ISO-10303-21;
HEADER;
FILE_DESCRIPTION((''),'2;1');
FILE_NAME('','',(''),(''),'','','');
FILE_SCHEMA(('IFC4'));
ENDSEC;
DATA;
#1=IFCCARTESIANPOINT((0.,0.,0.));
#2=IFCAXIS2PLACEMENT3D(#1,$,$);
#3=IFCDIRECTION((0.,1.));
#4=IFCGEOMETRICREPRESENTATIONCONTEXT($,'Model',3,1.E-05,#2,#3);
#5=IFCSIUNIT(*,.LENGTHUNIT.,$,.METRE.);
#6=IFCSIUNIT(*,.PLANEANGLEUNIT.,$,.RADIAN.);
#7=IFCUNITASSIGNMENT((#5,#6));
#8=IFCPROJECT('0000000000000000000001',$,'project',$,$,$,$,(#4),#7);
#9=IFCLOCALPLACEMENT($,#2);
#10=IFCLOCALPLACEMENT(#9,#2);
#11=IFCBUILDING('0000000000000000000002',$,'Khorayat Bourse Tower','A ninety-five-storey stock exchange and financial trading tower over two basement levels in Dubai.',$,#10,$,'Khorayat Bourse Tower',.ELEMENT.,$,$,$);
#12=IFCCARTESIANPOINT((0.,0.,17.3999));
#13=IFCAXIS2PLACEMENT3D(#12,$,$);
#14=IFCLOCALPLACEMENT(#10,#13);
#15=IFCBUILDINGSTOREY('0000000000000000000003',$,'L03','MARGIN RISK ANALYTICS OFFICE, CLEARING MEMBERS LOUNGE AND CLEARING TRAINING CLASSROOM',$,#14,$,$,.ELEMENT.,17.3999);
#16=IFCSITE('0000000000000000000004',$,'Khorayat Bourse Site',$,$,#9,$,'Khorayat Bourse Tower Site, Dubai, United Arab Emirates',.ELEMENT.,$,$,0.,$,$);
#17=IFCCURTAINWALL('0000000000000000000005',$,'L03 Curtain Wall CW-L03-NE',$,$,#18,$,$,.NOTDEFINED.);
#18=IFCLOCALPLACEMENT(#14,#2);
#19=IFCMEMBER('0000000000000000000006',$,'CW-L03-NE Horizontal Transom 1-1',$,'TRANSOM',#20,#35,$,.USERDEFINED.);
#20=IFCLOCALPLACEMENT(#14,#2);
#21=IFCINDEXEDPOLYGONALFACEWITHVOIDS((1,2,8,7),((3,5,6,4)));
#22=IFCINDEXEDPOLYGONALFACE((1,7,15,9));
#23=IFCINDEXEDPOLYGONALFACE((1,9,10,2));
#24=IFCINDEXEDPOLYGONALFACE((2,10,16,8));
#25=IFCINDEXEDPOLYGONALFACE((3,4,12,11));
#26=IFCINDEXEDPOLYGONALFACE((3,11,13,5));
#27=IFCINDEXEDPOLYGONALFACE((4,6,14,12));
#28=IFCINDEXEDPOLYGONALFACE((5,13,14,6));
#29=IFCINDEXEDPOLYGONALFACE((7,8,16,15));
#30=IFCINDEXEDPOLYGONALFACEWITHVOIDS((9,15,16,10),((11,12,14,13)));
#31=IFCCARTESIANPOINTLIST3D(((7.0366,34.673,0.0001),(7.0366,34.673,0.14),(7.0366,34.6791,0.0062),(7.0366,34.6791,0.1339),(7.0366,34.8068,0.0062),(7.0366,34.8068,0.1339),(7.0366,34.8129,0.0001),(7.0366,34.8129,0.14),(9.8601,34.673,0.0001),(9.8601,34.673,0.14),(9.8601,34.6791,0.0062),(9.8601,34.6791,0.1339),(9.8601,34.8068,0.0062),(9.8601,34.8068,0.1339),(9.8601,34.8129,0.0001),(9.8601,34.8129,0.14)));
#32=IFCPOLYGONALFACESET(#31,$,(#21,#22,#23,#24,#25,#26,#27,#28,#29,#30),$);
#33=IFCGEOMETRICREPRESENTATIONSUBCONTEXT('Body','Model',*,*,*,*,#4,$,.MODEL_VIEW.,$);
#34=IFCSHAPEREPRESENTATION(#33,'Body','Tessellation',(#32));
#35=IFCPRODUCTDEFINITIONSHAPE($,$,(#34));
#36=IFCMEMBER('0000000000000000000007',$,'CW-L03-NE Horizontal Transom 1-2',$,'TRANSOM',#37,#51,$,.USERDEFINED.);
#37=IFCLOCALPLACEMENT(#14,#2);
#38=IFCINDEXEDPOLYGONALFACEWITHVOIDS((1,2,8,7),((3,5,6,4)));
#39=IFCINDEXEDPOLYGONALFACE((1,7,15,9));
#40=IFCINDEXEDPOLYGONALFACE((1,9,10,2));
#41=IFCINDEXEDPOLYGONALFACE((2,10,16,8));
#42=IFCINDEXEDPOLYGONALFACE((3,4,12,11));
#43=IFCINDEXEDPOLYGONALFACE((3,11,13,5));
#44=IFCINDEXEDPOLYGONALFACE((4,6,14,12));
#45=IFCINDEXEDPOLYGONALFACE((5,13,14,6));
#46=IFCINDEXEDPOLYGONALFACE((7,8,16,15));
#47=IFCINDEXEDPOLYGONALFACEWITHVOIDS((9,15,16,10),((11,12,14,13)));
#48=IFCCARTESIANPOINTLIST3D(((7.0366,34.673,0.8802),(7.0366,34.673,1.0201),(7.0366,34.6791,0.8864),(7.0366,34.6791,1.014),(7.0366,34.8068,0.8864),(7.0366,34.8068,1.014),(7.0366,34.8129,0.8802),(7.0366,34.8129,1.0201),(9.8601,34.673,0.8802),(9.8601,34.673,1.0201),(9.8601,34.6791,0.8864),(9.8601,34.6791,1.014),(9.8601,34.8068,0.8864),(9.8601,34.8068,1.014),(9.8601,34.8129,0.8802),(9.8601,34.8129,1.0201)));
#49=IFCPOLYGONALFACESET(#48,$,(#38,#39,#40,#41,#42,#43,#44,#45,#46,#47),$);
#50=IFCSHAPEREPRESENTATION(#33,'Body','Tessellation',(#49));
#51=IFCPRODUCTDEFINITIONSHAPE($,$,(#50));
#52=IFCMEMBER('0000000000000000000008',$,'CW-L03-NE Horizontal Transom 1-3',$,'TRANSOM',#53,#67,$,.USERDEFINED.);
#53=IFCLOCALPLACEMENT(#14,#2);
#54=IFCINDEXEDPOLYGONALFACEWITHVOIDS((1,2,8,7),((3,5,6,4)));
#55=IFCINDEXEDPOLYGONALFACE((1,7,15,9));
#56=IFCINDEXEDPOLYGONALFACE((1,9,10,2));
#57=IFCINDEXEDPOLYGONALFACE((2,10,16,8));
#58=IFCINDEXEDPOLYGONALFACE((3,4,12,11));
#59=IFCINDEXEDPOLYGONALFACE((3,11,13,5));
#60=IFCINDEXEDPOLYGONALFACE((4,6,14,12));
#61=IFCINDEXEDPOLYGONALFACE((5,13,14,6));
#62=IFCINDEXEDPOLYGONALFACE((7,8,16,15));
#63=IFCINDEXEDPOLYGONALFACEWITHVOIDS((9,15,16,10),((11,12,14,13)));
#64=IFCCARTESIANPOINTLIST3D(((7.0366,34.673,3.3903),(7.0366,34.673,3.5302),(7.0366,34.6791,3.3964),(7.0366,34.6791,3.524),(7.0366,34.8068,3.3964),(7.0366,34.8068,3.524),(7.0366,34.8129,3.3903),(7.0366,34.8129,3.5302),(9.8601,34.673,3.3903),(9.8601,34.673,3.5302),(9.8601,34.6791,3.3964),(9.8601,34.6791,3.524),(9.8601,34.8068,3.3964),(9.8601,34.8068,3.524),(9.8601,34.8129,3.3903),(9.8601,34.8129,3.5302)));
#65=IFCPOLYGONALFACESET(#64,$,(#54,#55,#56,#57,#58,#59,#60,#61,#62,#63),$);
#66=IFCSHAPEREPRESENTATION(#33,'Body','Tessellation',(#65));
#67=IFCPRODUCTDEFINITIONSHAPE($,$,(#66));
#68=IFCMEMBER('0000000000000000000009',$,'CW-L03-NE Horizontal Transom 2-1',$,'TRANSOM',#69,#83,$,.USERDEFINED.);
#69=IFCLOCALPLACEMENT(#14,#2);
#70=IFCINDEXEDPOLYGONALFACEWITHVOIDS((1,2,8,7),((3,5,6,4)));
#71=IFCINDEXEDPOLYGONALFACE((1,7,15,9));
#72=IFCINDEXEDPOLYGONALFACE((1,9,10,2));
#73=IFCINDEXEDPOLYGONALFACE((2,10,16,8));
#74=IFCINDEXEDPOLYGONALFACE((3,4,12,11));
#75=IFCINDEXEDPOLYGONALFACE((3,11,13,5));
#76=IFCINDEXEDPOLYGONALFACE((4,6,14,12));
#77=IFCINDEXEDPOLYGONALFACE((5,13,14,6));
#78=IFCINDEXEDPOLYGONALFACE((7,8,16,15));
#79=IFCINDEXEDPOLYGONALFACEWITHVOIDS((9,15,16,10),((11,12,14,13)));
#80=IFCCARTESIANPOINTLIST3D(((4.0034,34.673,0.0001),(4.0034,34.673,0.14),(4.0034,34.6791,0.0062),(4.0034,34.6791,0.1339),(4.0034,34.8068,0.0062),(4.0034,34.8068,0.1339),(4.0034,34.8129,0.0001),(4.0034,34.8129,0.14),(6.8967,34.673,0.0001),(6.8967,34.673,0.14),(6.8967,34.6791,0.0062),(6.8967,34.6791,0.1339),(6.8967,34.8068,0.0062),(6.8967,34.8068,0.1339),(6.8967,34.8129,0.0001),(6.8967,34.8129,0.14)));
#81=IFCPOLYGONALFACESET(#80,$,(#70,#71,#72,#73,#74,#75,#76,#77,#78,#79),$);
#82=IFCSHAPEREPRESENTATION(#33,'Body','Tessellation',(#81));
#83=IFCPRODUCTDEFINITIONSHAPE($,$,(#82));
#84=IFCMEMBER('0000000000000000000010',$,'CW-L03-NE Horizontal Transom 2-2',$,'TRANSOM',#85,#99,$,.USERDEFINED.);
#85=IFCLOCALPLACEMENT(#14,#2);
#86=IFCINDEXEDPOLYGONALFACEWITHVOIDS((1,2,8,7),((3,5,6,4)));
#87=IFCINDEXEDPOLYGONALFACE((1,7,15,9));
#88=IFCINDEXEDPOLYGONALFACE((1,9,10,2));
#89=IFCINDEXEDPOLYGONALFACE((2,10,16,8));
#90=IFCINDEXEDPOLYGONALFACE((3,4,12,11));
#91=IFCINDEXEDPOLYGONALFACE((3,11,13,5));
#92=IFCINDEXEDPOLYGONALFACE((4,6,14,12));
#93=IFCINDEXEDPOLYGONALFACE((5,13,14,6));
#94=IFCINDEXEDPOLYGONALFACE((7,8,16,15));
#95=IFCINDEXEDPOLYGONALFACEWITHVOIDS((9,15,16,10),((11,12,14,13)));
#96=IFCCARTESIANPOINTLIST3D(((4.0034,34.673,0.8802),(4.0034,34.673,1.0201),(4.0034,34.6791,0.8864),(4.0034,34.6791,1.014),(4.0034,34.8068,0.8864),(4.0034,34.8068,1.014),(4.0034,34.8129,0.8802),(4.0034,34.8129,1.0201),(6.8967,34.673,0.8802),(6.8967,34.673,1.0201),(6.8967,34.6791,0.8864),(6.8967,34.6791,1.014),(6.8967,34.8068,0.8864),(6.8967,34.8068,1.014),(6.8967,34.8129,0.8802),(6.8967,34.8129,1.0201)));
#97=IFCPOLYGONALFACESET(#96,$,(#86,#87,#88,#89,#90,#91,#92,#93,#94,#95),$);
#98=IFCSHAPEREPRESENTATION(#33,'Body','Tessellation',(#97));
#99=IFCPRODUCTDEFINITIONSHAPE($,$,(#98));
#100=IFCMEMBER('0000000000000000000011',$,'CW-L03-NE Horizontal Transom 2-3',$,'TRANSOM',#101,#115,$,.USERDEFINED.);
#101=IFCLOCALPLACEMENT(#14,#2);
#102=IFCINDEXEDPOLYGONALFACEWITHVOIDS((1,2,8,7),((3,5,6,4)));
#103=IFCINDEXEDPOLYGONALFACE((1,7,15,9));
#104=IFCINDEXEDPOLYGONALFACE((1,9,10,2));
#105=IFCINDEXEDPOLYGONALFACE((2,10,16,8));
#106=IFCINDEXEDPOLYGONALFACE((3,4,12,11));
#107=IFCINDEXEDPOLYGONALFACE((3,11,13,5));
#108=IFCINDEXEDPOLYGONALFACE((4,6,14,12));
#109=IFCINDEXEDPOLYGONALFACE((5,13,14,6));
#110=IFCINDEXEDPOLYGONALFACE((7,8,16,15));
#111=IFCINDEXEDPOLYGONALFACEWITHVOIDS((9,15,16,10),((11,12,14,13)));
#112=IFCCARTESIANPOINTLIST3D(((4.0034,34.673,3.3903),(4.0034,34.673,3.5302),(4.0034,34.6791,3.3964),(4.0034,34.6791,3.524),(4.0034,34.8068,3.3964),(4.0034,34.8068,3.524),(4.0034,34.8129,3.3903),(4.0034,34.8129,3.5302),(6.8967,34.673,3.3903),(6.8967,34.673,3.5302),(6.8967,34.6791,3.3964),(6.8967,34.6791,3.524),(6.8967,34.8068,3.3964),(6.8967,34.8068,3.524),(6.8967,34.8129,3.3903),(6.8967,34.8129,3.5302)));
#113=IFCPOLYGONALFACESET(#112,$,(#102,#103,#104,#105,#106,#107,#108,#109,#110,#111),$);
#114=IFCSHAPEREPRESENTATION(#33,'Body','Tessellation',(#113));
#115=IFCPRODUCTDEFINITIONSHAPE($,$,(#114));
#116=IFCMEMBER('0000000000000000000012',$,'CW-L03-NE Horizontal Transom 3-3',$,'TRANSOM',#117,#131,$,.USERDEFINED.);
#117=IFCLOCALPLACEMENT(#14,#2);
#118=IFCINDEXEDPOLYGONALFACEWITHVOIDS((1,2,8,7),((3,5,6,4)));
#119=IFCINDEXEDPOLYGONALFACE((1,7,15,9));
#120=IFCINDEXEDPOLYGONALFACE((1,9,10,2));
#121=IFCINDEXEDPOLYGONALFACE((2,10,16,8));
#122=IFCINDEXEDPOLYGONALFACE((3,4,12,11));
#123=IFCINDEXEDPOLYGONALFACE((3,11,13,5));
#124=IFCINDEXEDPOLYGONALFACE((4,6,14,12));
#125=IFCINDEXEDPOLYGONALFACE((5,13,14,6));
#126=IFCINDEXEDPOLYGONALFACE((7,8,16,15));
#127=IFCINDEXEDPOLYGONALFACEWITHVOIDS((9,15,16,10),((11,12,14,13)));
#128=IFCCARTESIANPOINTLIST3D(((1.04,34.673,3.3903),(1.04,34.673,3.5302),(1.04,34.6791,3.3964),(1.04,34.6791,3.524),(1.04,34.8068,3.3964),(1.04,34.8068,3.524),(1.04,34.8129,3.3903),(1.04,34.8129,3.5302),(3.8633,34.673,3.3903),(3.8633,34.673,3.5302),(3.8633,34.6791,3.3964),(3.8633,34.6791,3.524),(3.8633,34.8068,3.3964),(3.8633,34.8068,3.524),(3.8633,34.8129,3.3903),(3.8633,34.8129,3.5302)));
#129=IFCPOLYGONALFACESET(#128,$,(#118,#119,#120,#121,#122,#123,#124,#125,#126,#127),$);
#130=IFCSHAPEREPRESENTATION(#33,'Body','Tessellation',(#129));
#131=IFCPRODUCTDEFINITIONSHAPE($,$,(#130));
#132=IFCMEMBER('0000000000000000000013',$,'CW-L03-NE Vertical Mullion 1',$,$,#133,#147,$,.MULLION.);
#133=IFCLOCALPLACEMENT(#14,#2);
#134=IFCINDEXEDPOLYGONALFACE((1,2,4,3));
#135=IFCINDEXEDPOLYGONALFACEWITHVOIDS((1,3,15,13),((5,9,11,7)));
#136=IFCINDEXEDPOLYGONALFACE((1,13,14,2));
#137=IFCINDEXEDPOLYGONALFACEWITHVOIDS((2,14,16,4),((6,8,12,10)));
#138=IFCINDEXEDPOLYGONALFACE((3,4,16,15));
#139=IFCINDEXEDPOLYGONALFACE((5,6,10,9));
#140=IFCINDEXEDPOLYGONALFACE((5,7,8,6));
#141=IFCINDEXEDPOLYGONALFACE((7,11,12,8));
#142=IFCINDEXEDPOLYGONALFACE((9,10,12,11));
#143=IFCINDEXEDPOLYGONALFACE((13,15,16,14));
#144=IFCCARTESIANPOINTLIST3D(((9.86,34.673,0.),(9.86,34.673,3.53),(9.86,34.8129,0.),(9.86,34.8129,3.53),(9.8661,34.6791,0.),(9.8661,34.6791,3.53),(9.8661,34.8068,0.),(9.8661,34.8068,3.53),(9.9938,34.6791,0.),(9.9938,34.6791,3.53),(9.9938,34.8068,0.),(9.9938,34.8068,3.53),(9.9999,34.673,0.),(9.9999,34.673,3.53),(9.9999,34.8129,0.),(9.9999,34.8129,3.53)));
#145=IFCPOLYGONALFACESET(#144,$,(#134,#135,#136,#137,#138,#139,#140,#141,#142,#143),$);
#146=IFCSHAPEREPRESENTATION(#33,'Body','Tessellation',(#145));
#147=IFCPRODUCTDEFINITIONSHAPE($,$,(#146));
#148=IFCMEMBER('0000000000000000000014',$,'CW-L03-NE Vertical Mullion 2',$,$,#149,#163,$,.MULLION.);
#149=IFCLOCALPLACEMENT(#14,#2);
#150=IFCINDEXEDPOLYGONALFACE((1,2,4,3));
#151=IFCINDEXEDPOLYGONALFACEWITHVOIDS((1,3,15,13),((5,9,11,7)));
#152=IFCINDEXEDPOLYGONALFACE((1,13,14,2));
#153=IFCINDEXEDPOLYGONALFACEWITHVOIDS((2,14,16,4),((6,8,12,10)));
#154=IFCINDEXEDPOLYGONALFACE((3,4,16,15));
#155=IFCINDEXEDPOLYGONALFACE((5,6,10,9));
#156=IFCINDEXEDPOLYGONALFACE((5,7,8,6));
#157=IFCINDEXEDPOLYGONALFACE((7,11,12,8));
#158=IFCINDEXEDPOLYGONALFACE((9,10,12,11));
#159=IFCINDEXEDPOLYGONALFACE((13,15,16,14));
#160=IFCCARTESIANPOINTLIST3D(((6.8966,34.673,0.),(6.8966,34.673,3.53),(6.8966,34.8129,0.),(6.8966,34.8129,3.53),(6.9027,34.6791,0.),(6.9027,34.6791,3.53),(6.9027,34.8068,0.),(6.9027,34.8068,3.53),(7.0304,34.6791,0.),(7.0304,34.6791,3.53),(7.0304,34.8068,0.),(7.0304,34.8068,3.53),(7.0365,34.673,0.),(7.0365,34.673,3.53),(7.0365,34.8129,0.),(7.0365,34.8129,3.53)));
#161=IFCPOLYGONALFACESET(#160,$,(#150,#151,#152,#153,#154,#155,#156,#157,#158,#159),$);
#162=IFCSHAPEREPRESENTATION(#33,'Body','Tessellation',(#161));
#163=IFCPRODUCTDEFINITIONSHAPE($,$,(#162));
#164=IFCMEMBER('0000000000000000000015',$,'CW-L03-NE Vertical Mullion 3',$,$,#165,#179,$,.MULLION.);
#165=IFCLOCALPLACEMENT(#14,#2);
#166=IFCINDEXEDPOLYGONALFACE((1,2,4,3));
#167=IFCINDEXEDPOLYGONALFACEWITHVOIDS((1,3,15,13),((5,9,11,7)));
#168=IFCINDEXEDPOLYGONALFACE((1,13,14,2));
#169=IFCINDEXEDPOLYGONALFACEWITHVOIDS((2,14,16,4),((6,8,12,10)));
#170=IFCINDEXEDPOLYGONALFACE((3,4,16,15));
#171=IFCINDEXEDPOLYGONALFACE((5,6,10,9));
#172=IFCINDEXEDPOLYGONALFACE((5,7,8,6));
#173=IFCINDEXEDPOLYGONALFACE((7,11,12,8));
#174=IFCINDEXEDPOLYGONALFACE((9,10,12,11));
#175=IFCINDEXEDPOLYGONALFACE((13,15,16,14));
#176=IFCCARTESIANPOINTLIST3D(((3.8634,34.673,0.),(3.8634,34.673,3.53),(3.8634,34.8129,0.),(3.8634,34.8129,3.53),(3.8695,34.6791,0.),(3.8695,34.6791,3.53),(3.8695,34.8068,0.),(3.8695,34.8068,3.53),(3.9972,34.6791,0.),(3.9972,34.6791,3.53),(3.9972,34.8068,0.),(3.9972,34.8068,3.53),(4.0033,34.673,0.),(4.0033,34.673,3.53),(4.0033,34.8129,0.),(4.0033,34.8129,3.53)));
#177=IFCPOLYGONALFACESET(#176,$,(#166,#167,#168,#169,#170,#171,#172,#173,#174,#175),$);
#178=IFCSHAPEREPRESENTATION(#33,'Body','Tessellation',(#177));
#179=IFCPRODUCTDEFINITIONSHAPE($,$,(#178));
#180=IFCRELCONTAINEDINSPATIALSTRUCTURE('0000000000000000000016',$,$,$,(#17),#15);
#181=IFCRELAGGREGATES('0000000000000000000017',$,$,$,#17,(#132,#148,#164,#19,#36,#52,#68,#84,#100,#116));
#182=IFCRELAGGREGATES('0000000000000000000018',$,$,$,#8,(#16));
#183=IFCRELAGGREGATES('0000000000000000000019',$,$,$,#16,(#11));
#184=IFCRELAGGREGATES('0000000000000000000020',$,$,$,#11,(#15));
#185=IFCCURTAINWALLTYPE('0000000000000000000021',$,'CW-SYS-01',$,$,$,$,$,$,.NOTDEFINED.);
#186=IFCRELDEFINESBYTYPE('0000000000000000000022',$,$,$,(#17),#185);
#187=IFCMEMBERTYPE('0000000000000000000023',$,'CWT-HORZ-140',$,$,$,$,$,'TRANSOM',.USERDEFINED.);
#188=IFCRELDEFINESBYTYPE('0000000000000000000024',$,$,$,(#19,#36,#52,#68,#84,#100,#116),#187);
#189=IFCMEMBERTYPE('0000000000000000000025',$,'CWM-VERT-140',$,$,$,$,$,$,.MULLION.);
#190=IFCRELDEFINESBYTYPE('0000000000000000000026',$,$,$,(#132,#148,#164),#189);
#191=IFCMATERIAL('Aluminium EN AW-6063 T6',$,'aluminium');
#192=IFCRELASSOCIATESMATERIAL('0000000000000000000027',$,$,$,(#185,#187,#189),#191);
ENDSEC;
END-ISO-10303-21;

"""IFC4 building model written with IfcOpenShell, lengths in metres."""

from ifc_helpers import new_model, si_unit, direction, frame, origin, origin_2d, place, context, subcontext, project, spatial, hollow_rectangle, extrude, source, transform, mapped, material, material_profile, profile_set, type_object, element, aggregate, save


model = new_model("IFC4")

# Units and contexts
model_context = context("Model", 3, precision=1e-05, world=origin(), true_north=direction((0.0, 1.0)))
body_context = subcontext(model_context, "Body", "Model", "MODEL_VIEW")
ifc_project = project(units=[si_unit("LENGTHUNIT", "METRE"), si_unit("PLANEANGLEUNIT", "RADIAN")], contexts=[model_context])

# Site, building, storey
site_placement = place(None, origin())
site = spatial("IfcSite", under=ifc_project, at=site_placement, Name="Khorayat Bourse Site", LongName="Khorayat Bourse Tower Site, Dubai, United Arab Emirates", CompositionType="ELEMENT", RefElevation=0.0)
building_placement = place(site_placement, origin())
building = spatial("IfcBuilding", under=site, at=building_placement, Name="Khorayat Bourse Tower", Description="A ninety-five-storey stock exchange and financial trading tower over two basement levels in Dubai.", LongName="Khorayat Bourse Tower", CompositionType="ELEMENT")
storey_placement = place(building_placement, frame((0.0, 0.0, 17.3999)))
storey = spatial("IfcBuildingStorey", under=building, at=storey_placement, Name="L03", Description="MARGIN RISK ANALYTICS OFFICE, CLEARING MEMBERS LOUNGE AND CLEARING TRAINING CLASSROOM", CompositionType="ELEMENT", Elevation=17.3999)

# Curtain wall, members
ifc_material_1 = material(Name="Aluminium EN AW-6063 T6", Category="aluminium")
curtain_wall_type = type_object("IfcCurtainWallType", Name="CW-SYS-01", PredefinedType="NOTDEFINED", material=ifc_material_1)
curtain_wall_placement = place(storey_placement, origin())
curtain_wall = element("IfcCurtainWall", 1, at=curtain_wall_placement, inside=storey, type_object=curtain_wall_type, Name="L03 Curtain Wall CW-L03-NE", PredefinedType="NOTDEFINED")
ifc_material_profile_1 = material_profile(ifc_material_1, hollow_rectangle(XDim=0.1399, YDim=0.1399, WallThickness=0.0061, at=origin_2d()), Name="ALU 140x140x6")
ifc_profile_set_1 = profile_set([ifc_material_profile_1], Name="Aluminium EN AW-6063 T6")
member_type_1 = type_object("IfcMemberType", Name="CWT-HORZ-140", ElementType="TRANSOM", PredefinedType="USERDEFINED", material=ifc_profile_set_1)
shared_shape_1 = source(origin(), body_context, "Body", "SweptSolid", [
    extrude(hollow_rectangle(XDim=0.1399, YDim=0.1399, WallThickness=0.0061, at=origin_2d()), origin(), (0.0, 0.0, 1.0), 2.8235),
])
member_1_placement = place(storey_placement, frame((9.8601, 34.7429, 0.0701), z_axis=(-1.0, 0.0, 0.0), x_axis=(0.0, -1.0, 0.0)))
member_1 = element("IfcMember", 2, at=member_1_placement, type_object=member_type_1, Name="CW-L03-NE Horizontal Transom 1-1", ObjectType="TRANSOM", PredefinedType="USERDEFINED", context=body_context, shape_type="MappedRepresentation", body=[
    mapped(shared_shape_1, transform((0.0, 0.0, 0.0), scale=1.0)),
])
member_2_placement = place(storey_placement, frame((9.8601, 34.7429, 0.9502), z_axis=(-1.0, 0.0, 0.0), x_axis=(0.0, -1.0, 0.0)))
member_2 = element("IfcMember", 3, at=member_2_placement, type_object=member_type_1, Name="CW-L03-NE Horizontal Transom 1-2", ObjectType="TRANSOM", PredefinedType="USERDEFINED", context=body_context, shape_type="MappedRepresentation", body=[
    mapped(shared_shape_1, transform((0.0, 0.0, 0.0), scale=1.0)),
])
member_3_placement = place(storey_placement, frame((9.8601, 34.7429, 3.4602), z_axis=(-1.0, 0.0, 0.0), x_axis=(0.0, -1.0, 0.0)))
member_3 = element("IfcMember", 4, at=member_3_placement, type_object=member_type_1, Name="CW-L03-NE Horizontal Transom 1-3", ObjectType="TRANSOM", PredefinedType="USERDEFINED", context=body_context, shape_type="MappedRepresentation", body=[
    mapped(shared_shape_1, transform((0.0, 0.0, 0.0), scale=1.0)),
])
shared_shape_2 = source(origin(), body_context, "Body", "SweptSolid", [
    extrude(hollow_rectangle(XDim=0.1399, YDim=0.1399, WallThickness=0.0061, at=origin_2d()), origin(), (0.0, 0.0, 1.0), 2.8933),
])
member_4_placement = place(storey_placement, frame((6.8967, 34.7429, 0.0701), z_axis=(-1.0, 0.0, 0.0), x_axis=(0.0, -1.0, 0.0)))
member_4 = element("IfcMember", 5, at=member_4_placement, type_object=member_type_1, Name="CW-L03-NE Horizontal Transom 2-1", ObjectType="TRANSOM", PredefinedType="USERDEFINED", context=body_context, shape_type="MappedRepresentation", body=[
    mapped(shared_shape_2, transform((0.0, 0.0, 0.0), scale=1.0)),
])
member_5_placement = place(storey_placement, frame((6.8967, 34.7429, 0.9502), z_axis=(-1.0, 0.0, 0.0), x_axis=(0.0, -1.0, 0.0)))
member_5 = element("IfcMember", 6, at=member_5_placement, type_object=member_type_1, Name="CW-L03-NE Horizontal Transom 2-2", ObjectType="TRANSOM", PredefinedType="USERDEFINED", context=body_context, shape_type="MappedRepresentation", body=[
    mapped(shared_shape_2, transform((0.0, 0.0, 0.0), scale=1.0)),
])
member_6_placement = place(storey_placement, frame((6.8967, 34.7429, 3.4602), z_axis=(-1.0, 0.0, 0.0), x_axis=(0.0, -1.0, 0.0)))
member_6 = element("IfcMember", 7, at=member_6_placement, type_object=member_type_1, Name="CW-L03-NE Horizontal Transom 2-3", ObjectType="TRANSOM", PredefinedType="USERDEFINED", context=body_context, shape_type="MappedRepresentation", body=[
    mapped(shared_shape_2, transform((0.0, 0.0, 0.0), scale=1.0)),
])
shared_shape_3 = source(origin(), body_context, "Body", "SweptSolid", [
    extrude(hollow_rectangle(XDim=0.1399, YDim=0.1399, WallThickness=0.0061, at=origin_2d()), origin(), (0.0, 0.0, 1.0), 2.8232),
])
member_7_placement = place(storey_placement, frame((3.8633, 34.7429, 3.4602), z_axis=(-1.0, 0.0, 0.0), x_axis=(0.0, -1.0, 0.0)))
member_7 = element("IfcMember", 8, at=member_7_placement, type_object=member_type_1, Name="CW-L03-NE Horizontal Transom 3-3", ObjectType="TRANSOM", PredefinedType="USERDEFINED", context=body_context, shape_type="MappedRepresentation", body=[
    mapped(shared_shape_3, transform((0.0, 0.0, 0.0), scale=1.0)),
])
ifc_material_profile_2 = material_profile(ifc_material_1, hollow_rectangle(XDim=0.1399, YDim=0.1399, WallThickness=0.0061, at=origin_2d()), Name="ALU 140x140x6")
ifc_profile_set_2 = profile_set([ifc_material_profile_2], Name="Aluminium EN AW-6063 T6")
member_type_2 = type_object("IfcMemberType", Name="CWM-VERT-140", PredefinedType="MULLION", material=ifc_profile_set_2)
shared_shape_4 = source(origin(), body_context, "Body", "SweptSolid", [
    extrude(hollow_rectangle(XDim=0.1399, YDim=0.1399, WallThickness=0.0061, at=origin_2d()), origin(), (0.0, 0.0, 1.0), 3.53),
])
member_8_placement = place(storey_placement, frame((9.9299, 34.7429, 0.0), z_axis=(0.0, 0.0, 1.0), x_axis=(0.0, -1.0, 0.0)))
member_8 = element("IfcMember", 9, at=member_8_placement, type_object=member_type_2, Name="CW-L03-NE Vertical Mullion 1", PredefinedType="MULLION", context=body_context, shape_type="MappedRepresentation", body=[
    mapped(shared_shape_4, transform((0.0, 0.0, 0.0), scale=1.0)),
])
member_9_placement = place(storey_placement, frame((6.9666, 34.7429, 0.0), z_axis=(0.0, 0.0, 1.0), x_axis=(0.0, -1.0, 0.0)))
member_9 = element("IfcMember", 10, at=member_9_placement, type_object=member_type_2, Name="CW-L03-NE Vertical Mullion 2", PredefinedType="MULLION", context=body_context, shape_type="MappedRepresentation", body=[
    mapped(shared_shape_4, transform((0.0, 0.0, 0.0), scale=1.0)),
])
member_10_placement = place(storey_placement, frame((3.9333, 34.7429, 0.0), z_axis=(0.0, 0.0, 1.0), x_axis=(0.0, -1.0, 0.0)))
member_10 = element("IfcMember", 11, at=member_10_placement, type_object=member_type_2, Name="CW-L03-NE Vertical Mullion 3", PredefinedType="MULLION", context=body_context, shape_type="MappedRepresentation", body=[
    mapped(shared_shape_4, transform((0.0, 0.0, 0.0), scale=1.0)),
])
aggregate(curtain_wall, [member_8, member_9, member_10, member_1, member_2, member_3, member_4, member_5, member_6, member_7])

save(model, "model.ifc")
